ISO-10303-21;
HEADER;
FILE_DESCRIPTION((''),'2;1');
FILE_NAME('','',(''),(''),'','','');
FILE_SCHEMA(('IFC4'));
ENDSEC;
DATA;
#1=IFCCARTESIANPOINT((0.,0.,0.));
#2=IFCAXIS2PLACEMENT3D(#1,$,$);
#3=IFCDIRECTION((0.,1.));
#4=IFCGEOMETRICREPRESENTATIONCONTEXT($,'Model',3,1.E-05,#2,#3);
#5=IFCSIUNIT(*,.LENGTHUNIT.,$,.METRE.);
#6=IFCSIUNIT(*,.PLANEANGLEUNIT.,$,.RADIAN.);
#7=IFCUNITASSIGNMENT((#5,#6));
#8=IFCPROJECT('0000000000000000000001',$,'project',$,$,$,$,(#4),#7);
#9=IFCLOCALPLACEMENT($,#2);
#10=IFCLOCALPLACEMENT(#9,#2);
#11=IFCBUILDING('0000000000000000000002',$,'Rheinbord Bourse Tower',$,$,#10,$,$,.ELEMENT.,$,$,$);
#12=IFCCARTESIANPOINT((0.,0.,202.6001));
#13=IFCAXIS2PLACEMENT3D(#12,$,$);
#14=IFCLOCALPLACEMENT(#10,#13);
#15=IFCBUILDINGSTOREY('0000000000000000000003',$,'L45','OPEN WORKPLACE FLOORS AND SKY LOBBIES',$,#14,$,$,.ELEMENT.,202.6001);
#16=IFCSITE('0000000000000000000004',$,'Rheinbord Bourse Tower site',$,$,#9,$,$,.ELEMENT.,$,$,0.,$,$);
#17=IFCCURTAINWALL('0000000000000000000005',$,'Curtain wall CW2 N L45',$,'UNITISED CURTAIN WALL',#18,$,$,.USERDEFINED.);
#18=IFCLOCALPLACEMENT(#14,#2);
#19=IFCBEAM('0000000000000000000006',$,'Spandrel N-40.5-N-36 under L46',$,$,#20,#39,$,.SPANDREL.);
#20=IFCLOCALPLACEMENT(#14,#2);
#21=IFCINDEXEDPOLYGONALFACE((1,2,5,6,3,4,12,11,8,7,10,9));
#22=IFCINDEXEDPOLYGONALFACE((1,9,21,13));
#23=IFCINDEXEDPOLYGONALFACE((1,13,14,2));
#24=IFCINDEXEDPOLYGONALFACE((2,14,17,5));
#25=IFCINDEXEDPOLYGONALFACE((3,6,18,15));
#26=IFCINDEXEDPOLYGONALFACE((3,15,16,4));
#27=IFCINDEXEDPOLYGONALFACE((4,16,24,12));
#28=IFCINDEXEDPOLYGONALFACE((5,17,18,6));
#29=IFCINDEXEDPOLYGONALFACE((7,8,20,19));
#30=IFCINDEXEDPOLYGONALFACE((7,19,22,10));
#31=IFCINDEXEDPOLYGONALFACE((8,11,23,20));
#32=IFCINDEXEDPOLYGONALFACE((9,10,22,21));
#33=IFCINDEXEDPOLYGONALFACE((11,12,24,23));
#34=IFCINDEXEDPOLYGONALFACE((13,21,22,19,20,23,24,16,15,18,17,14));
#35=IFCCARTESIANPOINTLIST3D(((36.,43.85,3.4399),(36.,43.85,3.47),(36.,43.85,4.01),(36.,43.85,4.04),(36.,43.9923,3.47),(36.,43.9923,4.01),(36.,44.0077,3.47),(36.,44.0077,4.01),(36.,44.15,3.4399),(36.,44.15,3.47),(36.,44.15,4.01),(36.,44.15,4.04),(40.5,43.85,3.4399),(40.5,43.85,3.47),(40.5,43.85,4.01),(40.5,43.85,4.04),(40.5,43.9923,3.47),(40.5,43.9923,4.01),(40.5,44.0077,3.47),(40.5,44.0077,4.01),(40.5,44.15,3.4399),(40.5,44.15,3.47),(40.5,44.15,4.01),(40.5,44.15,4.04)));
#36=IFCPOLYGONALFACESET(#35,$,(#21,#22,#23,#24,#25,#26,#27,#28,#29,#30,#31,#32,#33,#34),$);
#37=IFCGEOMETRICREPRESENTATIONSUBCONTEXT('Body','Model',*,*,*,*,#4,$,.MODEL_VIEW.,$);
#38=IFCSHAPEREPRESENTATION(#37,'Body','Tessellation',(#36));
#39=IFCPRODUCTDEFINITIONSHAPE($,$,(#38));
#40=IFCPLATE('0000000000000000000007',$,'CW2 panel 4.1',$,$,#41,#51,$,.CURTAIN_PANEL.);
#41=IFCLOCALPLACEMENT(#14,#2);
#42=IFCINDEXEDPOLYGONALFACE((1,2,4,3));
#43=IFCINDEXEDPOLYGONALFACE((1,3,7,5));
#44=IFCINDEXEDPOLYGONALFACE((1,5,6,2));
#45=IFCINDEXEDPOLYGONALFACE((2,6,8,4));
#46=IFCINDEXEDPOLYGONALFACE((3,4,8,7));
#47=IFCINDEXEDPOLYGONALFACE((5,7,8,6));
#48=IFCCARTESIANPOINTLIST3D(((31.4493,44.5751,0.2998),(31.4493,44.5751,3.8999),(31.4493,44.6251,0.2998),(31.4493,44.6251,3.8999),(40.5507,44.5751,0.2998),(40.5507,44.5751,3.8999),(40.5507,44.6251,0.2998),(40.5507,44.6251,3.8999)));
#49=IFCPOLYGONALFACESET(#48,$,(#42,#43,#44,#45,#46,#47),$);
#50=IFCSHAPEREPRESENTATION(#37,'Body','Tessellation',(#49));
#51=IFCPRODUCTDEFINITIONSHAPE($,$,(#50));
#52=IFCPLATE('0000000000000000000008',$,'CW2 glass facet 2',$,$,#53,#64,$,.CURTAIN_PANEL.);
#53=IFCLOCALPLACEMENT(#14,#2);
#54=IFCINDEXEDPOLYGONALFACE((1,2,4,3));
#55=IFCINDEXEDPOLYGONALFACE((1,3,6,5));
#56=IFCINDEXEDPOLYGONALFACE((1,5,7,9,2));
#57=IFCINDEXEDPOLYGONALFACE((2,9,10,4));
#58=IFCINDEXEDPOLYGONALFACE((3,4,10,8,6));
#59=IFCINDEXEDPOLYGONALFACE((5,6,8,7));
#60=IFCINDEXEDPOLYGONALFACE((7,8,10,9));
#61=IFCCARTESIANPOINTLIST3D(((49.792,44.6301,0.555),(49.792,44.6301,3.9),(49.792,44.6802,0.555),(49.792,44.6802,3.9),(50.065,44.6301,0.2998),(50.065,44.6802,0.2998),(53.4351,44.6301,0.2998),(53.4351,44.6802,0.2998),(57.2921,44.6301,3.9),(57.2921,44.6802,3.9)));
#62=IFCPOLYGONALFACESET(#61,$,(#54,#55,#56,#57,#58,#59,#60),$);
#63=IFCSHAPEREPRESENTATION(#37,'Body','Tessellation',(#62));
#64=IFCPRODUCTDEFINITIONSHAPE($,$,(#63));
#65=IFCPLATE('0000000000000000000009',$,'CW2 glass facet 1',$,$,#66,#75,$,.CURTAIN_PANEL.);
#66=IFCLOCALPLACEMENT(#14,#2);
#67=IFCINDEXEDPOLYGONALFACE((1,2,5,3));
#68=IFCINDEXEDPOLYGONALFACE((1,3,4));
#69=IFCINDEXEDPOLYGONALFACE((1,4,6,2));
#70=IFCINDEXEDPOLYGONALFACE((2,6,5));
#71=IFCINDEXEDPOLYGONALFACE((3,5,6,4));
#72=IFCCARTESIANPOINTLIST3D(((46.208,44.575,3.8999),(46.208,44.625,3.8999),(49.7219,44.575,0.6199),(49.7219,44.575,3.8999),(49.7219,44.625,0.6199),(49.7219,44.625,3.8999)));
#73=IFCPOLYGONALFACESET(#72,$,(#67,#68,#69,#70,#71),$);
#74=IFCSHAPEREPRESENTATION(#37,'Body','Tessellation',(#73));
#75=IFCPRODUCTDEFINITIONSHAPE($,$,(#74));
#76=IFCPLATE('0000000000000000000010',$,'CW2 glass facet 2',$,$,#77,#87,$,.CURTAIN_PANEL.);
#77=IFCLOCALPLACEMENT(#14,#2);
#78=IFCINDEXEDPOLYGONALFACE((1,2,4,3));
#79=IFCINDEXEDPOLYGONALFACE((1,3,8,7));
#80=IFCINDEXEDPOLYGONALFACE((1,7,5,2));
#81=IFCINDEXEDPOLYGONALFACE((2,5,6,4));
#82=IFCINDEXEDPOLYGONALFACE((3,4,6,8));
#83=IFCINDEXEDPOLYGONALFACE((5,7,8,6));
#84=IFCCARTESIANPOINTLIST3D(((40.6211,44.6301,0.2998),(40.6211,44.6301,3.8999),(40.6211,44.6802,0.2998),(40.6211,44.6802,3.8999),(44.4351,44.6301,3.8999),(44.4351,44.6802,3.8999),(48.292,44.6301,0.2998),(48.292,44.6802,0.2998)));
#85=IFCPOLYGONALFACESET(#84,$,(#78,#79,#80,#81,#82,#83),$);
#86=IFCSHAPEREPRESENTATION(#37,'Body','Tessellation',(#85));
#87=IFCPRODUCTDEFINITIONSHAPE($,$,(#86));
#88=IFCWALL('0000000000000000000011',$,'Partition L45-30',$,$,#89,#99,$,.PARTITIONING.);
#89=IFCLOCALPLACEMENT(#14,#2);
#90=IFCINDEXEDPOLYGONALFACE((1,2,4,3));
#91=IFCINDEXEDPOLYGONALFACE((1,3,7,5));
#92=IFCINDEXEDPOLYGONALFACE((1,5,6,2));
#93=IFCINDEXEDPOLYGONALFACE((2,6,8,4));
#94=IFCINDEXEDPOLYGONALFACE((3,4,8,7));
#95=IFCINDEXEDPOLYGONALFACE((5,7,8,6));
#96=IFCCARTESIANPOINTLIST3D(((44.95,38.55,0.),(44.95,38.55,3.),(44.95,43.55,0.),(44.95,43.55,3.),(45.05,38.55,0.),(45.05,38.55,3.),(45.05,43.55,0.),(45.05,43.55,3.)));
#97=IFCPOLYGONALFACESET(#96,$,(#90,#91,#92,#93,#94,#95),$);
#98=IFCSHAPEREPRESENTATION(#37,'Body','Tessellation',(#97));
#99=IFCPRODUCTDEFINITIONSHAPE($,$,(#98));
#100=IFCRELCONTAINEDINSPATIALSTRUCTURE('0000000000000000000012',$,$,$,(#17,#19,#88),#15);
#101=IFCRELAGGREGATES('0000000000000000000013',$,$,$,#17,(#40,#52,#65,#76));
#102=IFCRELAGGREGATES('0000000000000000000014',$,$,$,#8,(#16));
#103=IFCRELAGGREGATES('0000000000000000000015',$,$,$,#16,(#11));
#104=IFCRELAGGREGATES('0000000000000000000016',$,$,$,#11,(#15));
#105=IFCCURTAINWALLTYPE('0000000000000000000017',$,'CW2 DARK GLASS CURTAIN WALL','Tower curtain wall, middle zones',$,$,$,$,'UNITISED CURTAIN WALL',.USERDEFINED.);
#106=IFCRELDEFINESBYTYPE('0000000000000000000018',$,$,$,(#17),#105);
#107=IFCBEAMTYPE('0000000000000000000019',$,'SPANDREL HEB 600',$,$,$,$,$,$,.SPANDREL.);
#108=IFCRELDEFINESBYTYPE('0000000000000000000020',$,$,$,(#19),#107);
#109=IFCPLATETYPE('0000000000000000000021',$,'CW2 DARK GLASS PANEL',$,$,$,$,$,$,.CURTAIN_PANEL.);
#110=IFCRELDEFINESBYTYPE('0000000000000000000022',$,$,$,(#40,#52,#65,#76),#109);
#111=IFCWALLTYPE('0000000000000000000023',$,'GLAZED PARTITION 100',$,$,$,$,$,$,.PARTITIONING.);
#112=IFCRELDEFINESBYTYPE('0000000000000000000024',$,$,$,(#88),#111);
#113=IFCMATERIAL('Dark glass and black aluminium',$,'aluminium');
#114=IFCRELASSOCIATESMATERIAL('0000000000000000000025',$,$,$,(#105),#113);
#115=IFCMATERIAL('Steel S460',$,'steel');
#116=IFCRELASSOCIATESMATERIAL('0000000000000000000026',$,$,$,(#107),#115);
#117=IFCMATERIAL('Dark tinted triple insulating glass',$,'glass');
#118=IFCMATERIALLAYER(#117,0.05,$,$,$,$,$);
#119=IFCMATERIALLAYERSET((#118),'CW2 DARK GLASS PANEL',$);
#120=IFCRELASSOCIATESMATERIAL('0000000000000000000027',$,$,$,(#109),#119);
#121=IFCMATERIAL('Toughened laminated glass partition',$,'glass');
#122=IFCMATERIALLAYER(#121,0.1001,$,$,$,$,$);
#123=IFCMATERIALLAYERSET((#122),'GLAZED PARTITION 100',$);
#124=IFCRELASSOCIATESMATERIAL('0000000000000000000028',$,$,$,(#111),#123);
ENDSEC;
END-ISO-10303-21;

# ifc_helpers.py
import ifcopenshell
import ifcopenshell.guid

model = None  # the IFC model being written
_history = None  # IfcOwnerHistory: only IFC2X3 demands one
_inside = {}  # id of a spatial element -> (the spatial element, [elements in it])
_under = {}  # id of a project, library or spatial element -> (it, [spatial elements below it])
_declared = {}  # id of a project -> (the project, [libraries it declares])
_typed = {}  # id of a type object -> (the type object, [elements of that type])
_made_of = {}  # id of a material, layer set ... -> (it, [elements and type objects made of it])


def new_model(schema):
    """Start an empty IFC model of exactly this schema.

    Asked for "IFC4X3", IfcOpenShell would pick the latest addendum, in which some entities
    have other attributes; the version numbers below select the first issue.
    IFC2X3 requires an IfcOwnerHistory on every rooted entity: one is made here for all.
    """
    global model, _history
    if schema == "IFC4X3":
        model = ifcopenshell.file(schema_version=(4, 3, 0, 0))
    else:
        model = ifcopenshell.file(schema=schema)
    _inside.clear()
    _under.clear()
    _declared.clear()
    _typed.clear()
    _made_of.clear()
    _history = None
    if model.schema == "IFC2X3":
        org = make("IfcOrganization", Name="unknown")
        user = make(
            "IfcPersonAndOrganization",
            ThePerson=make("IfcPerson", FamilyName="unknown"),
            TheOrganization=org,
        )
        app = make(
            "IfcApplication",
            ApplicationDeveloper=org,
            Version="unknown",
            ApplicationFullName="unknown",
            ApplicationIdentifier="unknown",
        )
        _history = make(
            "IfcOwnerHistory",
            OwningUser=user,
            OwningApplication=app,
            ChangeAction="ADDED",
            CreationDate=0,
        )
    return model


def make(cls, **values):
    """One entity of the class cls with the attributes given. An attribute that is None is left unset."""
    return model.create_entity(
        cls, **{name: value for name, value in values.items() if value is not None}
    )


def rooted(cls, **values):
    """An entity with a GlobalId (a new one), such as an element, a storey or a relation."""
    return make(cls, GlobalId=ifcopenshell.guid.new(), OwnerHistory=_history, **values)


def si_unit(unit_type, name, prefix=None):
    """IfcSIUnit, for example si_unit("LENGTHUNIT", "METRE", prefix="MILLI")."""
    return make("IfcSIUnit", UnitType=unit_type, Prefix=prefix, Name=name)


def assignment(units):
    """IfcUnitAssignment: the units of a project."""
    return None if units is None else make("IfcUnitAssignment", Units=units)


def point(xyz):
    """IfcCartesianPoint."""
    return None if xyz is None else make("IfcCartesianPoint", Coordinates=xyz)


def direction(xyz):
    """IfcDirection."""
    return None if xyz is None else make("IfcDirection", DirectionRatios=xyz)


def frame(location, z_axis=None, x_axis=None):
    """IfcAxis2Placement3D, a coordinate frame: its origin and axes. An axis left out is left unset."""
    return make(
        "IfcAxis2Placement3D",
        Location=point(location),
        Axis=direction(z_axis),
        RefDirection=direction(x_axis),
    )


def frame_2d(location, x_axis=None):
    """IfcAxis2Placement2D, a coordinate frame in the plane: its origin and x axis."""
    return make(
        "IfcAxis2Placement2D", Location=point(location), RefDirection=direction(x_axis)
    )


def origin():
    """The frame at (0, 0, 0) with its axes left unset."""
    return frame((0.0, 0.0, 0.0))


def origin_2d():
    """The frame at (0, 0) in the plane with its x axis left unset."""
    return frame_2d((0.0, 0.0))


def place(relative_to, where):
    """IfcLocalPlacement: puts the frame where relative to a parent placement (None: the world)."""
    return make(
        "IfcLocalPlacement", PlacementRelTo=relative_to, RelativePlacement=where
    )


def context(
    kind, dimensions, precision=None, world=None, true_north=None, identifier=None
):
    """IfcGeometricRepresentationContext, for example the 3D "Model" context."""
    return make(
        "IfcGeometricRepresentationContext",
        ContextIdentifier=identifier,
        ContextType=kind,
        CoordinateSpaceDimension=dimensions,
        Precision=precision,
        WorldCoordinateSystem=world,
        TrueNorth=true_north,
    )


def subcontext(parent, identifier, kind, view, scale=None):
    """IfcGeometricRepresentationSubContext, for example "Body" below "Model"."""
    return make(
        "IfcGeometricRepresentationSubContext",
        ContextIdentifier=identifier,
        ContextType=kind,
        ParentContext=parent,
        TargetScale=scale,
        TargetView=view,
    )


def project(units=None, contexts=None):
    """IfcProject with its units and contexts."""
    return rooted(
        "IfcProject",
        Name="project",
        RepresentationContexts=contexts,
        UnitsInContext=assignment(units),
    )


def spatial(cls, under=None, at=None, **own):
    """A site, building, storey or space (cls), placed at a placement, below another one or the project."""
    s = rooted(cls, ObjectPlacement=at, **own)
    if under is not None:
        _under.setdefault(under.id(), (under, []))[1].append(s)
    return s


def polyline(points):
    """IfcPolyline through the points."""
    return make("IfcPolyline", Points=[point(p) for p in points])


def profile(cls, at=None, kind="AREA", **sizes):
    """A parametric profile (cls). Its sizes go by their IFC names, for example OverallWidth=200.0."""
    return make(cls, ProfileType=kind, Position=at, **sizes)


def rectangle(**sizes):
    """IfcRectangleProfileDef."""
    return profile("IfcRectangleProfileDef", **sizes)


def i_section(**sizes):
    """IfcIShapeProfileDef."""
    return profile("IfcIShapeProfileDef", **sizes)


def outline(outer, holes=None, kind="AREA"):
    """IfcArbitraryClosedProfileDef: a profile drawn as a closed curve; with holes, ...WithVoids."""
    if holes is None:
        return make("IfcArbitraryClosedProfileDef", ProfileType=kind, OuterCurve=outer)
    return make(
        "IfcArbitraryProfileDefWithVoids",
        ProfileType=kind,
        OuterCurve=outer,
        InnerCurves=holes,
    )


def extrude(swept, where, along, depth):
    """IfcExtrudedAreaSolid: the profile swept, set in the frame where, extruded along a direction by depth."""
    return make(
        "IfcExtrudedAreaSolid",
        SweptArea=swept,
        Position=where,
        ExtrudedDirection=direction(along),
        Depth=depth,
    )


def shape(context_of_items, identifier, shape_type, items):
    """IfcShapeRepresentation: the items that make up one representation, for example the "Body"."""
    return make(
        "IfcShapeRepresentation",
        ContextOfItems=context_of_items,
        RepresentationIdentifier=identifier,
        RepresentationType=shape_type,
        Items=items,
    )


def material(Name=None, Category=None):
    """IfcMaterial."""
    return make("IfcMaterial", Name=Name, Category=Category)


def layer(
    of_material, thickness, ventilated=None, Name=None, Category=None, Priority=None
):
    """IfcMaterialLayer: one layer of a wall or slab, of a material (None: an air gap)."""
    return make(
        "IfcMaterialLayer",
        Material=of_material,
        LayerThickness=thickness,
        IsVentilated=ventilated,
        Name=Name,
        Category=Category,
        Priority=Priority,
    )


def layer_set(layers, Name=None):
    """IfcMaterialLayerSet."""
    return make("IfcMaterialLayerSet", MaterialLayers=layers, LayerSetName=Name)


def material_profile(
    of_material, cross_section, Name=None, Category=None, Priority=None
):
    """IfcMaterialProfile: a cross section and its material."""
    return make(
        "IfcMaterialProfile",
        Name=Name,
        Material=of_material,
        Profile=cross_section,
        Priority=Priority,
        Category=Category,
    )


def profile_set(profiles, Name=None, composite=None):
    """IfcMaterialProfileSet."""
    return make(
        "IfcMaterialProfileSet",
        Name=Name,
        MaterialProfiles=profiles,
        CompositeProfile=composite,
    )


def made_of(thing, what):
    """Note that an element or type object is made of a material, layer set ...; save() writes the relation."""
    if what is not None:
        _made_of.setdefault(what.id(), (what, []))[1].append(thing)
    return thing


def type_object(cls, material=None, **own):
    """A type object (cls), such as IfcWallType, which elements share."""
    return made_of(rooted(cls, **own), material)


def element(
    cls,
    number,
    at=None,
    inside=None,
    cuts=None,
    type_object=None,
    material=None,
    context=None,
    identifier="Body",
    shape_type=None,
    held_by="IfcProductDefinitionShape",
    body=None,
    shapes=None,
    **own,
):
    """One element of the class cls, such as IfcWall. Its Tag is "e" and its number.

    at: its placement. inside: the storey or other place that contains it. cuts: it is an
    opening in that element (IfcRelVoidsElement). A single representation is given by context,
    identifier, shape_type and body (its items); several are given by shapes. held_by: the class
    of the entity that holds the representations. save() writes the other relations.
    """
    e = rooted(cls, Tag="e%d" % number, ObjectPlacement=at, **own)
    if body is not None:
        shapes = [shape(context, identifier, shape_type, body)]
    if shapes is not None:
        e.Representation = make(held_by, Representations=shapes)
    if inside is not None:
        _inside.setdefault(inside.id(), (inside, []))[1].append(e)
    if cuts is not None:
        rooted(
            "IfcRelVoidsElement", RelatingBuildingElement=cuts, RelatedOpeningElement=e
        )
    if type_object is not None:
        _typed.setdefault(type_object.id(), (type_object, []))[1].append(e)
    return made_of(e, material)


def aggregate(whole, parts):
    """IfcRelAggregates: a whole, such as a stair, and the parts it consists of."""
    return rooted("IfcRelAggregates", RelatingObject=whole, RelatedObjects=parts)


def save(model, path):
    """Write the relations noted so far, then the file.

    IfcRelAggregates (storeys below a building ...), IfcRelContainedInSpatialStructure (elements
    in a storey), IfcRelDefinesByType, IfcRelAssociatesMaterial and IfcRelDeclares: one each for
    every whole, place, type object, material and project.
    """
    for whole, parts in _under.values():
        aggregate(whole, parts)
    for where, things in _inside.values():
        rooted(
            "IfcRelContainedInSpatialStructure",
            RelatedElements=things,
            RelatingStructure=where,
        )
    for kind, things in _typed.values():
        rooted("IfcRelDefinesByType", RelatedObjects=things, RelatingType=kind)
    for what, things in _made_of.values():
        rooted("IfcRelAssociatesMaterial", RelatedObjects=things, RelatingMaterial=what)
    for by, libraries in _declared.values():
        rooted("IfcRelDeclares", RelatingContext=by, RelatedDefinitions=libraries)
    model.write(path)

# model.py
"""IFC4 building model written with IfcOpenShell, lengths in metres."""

from ifc_helpers import new_model, si_unit, direction, frame, frame_2d, origin, origin_2d, place, context, subcontext, project, spatial, polyline, rectangle, i_section, outline, extrude, material, layer, layer_set, material_profile, profile_set, type_object, element, aggregate, save


model = new_model("IFC4")

# Units and contexts
model_context = context("Model", 3, precision=1e-05, world=origin(), true_north=direction((0.0, 1.0)))
body_context = subcontext(model_context, "Body", "Model", "MODEL_VIEW")
ifc_project = project(units=[si_unit("LENGTHUNIT", "METRE"), si_unit("PLANEANGLEUNIT", "RADIAN")], contexts=[model_context])

# Site, building, storey
site_placement = place(None, origin())
site = spatial("IfcSite", under=ifc_project, at=site_placement, Name="Rheinbord Bourse Tower site", CompositionType="ELEMENT", RefElevation=0.0)
building_placement = place(site_placement, origin())
building = spatial("IfcBuilding", under=site, at=building_placement, Name="Rheinbord Bourse Tower", CompositionType="ELEMENT")
storey_placement = place(building_placement, frame((0.0, 0.0, 202.6001)))
storey = spatial("IfcBuildingStorey", under=building, at=storey_placement, Name="L45", Description="OPEN WORKPLACE FLOORS AND SKY LOBBIES", CompositionType="ELEMENT", Elevation=202.6001)

# Curtain wall
ifc_material_1 = material(Name="Dark glass and black aluminium", Category="aluminium")
curtain_wall_type = type_object("IfcCurtainWallType", Name="CW2 DARK GLASS CURTAIN WALL", Description="Tower curtain wall, middle zones", ElementType="UNITISED CURTAIN WALL", PredefinedType="USERDEFINED", material=ifc_material_1)
curtain_wall_placement = place(storey_placement, origin())
curtain_wall = element("IfcCurtainWall", 1, at=curtain_wall_placement, inside=storey, type_object=curtain_wall_type, Name="Curtain wall CW2 N L45", ObjectType="UNITISED CURTAIN WALL", PredefinedType="USERDEFINED")

# Beam
ifc_material_2 = material(Name="Steel S460", Category="steel")
ifc_material_profile_1 = material_profile(ifc_material_2, i_section(OverallWidth=0.3, OverallDepth=0.6001, WebThickness=0.0154, FlangeThickness=0.03, at=origin_2d()), Name="HEB 600")
ifc_profile_set_1 = profile_set([ifc_material_profile_1], Name="Steel S460")
beam_type_1 = type_object("IfcBeamType", Name="SPANDREL HEB 600", PredefinedType="SPANDREL", material=ifc_profile_set_1)
for number, where, z_axis, x_axis, name in (
    (2, (40.5, 44.0, 3.74), (-1.0, 0.0, 0.0), (0.0, -1.0, 0.0), "Spandrel N-40.5-N-36 under L46"),
):
    element("IfcBeam", number, at=place(storey_placement, frame(where, z_axis=z_axis, x_axis=x_axis)), inside=storey, type_object=beam_type_1, Name=name, PredefinedType="SPANDREL", context=body_context, shape_type="SweptSolid", body=[
        extrude(i_section(OverallWidth=0.3, OverallDepth=0.6001, WebThickness=0.0154, FlangeThickness=0.03, at=origin_2d()), origin(), (0.0, 0.0, 1.0), 4.5),
    ])

# Plates
ifc_material_3 = material(Name="Dark tinted triple insulating glass", Category="glass")
ifc_layer_1 = layer(ifc_material_3, 0.05)
ifc_layer_set_1 = layer_set([ifc_layer_1], Name="CW2 DARK GLASS PANEL")
plate_type = type_object("IfcPlateType", Name="CW2 DARK GLASS PANEL", PredefinedType="CURTAIN_PANEL", material=ifc_layer_set_1)
plate_1_placement = place(storey_placement, frame((36.0, 44.6001, 0.2998), z_axis=(0.0, 0.0, 1.0), x_axis=(-1.0, 0.0, 0.0)))
plate_1 = element("IfcPlate", 3, at=plate_1_placement, type_object=plate_type, Name="CW2 panel 4.1", PredefinedType="CURTAIN_PANEL", context=body_context, shape_type="SweptSolid", body=[
    extrude(rectangle(XDim=9.1013, YDim=0.05, at=origin_2d()), origin(), (0.0, 0.0, 1.0), 3.6001),
])
plate_2_placement = place(storey_placement, frame((53.4351, 44.6802, 0.2998), z_axis=(0.0, -1.0, 0.0), x_axis=(0.731028, 0.0, 0.682348)))
plate_2 = element("IfcPlate", 4, at=plate_2_placement, type_object=plate_type, Name="CW2 glass facet 2", PredefinedType="CURTAIN_PANEL", context=body_context, shape_type="SweptSolid", body=[
    extrude(outline(polyline([(0.0, 0.0), (5.2761, 0.0), (-0.2065, 5.1177), (-2.489, 2.6724), (-2.4636, 2.2996), (0.0, 0.0)])), origin(), (0.0, 0.0, 1.0), 0.05),
])
plate_3_placement = place(storey_placement, frame((49.7219, 44.625, 3.8999), z_axis=(0.0, -1.0, 0.0), x_axis=(-1.0, 0.0, 0.0)))
plate_3 = element("IfcPlate", 5, at=plate_3_placement, type_object=plate_type, Name="CW2 glass facet 1", PredefinedType="CURTAIN_PANEL", context=body_context, shape_type="SweptSolid", body=[
    extrude(outline(polyline([(0.0, 0.0), (3.5139, 0.0), (0.0, 3.28), (0.0, 0.0)])), origin(), (0.0, 0.0, 1.0), 0.05),
])
plate_4_placement = place(storey_placement, frame((40.6211, 44.6802, 3.8999), z_axis=(0.0, -1.0, 0.0), x_axis=(0.0, 0.0, -1.0)))
plate_4 = element("IfcPlate", 6, at=plate_4_placement, type_object=plate_type, Name="CW2 glass facet 2", PredefinedType="CURTAIN_PANEL", context=body_context, shape_type="SweptSolid", body=[
    extrude(outline(polyline([(0.0, 0.0), (3.6001, 0.0), (3.6001, 7.6709), (0.0, 3.814), (0.0, 0.0)])), origin(), (0.0, 0.0, 1.0), 0.05),
])
aggregate(curtain_wall, [plate_1, plate_2, plate_3, plate_4])

# Wall
ifc_material_4 = material(Name="Toughened laminated glass partition", Category="glass")
ifc_layer_2 = layer(ifc_material_4, 0.1001)
ifc_layer_set_2 = layer_set([ifc_layer_2], Name="GLAZED PARTITION 100")
wall_type = type_object("IfcWallType", Name="GLAZED PARTITION 100", PredefinedType="PARTITIONING", material=ifc_layer_set_2)
wall_placement = place(storey_placement, frame((45.0, 38.55, 0.0), z_axis=(0.0, 0.0, 1.0), x_axis=(0.0, 1.0, 0.0)))
element("IfcWall", 7, at=wall_placement, inside=storey, type_object=wall_type, Name="Partition L45-30", PredefinedType="PARTITIONING", context=body_context, shape_type="SweptSolid", body=[
    extrude(rectangle(XDim=5.0, YDim=0.1001, at=frame_2d((2.5, 0.0))), origin(), (0.0, 0.0, 1.0), 3.0),
])

save(model, "model.ifc")
